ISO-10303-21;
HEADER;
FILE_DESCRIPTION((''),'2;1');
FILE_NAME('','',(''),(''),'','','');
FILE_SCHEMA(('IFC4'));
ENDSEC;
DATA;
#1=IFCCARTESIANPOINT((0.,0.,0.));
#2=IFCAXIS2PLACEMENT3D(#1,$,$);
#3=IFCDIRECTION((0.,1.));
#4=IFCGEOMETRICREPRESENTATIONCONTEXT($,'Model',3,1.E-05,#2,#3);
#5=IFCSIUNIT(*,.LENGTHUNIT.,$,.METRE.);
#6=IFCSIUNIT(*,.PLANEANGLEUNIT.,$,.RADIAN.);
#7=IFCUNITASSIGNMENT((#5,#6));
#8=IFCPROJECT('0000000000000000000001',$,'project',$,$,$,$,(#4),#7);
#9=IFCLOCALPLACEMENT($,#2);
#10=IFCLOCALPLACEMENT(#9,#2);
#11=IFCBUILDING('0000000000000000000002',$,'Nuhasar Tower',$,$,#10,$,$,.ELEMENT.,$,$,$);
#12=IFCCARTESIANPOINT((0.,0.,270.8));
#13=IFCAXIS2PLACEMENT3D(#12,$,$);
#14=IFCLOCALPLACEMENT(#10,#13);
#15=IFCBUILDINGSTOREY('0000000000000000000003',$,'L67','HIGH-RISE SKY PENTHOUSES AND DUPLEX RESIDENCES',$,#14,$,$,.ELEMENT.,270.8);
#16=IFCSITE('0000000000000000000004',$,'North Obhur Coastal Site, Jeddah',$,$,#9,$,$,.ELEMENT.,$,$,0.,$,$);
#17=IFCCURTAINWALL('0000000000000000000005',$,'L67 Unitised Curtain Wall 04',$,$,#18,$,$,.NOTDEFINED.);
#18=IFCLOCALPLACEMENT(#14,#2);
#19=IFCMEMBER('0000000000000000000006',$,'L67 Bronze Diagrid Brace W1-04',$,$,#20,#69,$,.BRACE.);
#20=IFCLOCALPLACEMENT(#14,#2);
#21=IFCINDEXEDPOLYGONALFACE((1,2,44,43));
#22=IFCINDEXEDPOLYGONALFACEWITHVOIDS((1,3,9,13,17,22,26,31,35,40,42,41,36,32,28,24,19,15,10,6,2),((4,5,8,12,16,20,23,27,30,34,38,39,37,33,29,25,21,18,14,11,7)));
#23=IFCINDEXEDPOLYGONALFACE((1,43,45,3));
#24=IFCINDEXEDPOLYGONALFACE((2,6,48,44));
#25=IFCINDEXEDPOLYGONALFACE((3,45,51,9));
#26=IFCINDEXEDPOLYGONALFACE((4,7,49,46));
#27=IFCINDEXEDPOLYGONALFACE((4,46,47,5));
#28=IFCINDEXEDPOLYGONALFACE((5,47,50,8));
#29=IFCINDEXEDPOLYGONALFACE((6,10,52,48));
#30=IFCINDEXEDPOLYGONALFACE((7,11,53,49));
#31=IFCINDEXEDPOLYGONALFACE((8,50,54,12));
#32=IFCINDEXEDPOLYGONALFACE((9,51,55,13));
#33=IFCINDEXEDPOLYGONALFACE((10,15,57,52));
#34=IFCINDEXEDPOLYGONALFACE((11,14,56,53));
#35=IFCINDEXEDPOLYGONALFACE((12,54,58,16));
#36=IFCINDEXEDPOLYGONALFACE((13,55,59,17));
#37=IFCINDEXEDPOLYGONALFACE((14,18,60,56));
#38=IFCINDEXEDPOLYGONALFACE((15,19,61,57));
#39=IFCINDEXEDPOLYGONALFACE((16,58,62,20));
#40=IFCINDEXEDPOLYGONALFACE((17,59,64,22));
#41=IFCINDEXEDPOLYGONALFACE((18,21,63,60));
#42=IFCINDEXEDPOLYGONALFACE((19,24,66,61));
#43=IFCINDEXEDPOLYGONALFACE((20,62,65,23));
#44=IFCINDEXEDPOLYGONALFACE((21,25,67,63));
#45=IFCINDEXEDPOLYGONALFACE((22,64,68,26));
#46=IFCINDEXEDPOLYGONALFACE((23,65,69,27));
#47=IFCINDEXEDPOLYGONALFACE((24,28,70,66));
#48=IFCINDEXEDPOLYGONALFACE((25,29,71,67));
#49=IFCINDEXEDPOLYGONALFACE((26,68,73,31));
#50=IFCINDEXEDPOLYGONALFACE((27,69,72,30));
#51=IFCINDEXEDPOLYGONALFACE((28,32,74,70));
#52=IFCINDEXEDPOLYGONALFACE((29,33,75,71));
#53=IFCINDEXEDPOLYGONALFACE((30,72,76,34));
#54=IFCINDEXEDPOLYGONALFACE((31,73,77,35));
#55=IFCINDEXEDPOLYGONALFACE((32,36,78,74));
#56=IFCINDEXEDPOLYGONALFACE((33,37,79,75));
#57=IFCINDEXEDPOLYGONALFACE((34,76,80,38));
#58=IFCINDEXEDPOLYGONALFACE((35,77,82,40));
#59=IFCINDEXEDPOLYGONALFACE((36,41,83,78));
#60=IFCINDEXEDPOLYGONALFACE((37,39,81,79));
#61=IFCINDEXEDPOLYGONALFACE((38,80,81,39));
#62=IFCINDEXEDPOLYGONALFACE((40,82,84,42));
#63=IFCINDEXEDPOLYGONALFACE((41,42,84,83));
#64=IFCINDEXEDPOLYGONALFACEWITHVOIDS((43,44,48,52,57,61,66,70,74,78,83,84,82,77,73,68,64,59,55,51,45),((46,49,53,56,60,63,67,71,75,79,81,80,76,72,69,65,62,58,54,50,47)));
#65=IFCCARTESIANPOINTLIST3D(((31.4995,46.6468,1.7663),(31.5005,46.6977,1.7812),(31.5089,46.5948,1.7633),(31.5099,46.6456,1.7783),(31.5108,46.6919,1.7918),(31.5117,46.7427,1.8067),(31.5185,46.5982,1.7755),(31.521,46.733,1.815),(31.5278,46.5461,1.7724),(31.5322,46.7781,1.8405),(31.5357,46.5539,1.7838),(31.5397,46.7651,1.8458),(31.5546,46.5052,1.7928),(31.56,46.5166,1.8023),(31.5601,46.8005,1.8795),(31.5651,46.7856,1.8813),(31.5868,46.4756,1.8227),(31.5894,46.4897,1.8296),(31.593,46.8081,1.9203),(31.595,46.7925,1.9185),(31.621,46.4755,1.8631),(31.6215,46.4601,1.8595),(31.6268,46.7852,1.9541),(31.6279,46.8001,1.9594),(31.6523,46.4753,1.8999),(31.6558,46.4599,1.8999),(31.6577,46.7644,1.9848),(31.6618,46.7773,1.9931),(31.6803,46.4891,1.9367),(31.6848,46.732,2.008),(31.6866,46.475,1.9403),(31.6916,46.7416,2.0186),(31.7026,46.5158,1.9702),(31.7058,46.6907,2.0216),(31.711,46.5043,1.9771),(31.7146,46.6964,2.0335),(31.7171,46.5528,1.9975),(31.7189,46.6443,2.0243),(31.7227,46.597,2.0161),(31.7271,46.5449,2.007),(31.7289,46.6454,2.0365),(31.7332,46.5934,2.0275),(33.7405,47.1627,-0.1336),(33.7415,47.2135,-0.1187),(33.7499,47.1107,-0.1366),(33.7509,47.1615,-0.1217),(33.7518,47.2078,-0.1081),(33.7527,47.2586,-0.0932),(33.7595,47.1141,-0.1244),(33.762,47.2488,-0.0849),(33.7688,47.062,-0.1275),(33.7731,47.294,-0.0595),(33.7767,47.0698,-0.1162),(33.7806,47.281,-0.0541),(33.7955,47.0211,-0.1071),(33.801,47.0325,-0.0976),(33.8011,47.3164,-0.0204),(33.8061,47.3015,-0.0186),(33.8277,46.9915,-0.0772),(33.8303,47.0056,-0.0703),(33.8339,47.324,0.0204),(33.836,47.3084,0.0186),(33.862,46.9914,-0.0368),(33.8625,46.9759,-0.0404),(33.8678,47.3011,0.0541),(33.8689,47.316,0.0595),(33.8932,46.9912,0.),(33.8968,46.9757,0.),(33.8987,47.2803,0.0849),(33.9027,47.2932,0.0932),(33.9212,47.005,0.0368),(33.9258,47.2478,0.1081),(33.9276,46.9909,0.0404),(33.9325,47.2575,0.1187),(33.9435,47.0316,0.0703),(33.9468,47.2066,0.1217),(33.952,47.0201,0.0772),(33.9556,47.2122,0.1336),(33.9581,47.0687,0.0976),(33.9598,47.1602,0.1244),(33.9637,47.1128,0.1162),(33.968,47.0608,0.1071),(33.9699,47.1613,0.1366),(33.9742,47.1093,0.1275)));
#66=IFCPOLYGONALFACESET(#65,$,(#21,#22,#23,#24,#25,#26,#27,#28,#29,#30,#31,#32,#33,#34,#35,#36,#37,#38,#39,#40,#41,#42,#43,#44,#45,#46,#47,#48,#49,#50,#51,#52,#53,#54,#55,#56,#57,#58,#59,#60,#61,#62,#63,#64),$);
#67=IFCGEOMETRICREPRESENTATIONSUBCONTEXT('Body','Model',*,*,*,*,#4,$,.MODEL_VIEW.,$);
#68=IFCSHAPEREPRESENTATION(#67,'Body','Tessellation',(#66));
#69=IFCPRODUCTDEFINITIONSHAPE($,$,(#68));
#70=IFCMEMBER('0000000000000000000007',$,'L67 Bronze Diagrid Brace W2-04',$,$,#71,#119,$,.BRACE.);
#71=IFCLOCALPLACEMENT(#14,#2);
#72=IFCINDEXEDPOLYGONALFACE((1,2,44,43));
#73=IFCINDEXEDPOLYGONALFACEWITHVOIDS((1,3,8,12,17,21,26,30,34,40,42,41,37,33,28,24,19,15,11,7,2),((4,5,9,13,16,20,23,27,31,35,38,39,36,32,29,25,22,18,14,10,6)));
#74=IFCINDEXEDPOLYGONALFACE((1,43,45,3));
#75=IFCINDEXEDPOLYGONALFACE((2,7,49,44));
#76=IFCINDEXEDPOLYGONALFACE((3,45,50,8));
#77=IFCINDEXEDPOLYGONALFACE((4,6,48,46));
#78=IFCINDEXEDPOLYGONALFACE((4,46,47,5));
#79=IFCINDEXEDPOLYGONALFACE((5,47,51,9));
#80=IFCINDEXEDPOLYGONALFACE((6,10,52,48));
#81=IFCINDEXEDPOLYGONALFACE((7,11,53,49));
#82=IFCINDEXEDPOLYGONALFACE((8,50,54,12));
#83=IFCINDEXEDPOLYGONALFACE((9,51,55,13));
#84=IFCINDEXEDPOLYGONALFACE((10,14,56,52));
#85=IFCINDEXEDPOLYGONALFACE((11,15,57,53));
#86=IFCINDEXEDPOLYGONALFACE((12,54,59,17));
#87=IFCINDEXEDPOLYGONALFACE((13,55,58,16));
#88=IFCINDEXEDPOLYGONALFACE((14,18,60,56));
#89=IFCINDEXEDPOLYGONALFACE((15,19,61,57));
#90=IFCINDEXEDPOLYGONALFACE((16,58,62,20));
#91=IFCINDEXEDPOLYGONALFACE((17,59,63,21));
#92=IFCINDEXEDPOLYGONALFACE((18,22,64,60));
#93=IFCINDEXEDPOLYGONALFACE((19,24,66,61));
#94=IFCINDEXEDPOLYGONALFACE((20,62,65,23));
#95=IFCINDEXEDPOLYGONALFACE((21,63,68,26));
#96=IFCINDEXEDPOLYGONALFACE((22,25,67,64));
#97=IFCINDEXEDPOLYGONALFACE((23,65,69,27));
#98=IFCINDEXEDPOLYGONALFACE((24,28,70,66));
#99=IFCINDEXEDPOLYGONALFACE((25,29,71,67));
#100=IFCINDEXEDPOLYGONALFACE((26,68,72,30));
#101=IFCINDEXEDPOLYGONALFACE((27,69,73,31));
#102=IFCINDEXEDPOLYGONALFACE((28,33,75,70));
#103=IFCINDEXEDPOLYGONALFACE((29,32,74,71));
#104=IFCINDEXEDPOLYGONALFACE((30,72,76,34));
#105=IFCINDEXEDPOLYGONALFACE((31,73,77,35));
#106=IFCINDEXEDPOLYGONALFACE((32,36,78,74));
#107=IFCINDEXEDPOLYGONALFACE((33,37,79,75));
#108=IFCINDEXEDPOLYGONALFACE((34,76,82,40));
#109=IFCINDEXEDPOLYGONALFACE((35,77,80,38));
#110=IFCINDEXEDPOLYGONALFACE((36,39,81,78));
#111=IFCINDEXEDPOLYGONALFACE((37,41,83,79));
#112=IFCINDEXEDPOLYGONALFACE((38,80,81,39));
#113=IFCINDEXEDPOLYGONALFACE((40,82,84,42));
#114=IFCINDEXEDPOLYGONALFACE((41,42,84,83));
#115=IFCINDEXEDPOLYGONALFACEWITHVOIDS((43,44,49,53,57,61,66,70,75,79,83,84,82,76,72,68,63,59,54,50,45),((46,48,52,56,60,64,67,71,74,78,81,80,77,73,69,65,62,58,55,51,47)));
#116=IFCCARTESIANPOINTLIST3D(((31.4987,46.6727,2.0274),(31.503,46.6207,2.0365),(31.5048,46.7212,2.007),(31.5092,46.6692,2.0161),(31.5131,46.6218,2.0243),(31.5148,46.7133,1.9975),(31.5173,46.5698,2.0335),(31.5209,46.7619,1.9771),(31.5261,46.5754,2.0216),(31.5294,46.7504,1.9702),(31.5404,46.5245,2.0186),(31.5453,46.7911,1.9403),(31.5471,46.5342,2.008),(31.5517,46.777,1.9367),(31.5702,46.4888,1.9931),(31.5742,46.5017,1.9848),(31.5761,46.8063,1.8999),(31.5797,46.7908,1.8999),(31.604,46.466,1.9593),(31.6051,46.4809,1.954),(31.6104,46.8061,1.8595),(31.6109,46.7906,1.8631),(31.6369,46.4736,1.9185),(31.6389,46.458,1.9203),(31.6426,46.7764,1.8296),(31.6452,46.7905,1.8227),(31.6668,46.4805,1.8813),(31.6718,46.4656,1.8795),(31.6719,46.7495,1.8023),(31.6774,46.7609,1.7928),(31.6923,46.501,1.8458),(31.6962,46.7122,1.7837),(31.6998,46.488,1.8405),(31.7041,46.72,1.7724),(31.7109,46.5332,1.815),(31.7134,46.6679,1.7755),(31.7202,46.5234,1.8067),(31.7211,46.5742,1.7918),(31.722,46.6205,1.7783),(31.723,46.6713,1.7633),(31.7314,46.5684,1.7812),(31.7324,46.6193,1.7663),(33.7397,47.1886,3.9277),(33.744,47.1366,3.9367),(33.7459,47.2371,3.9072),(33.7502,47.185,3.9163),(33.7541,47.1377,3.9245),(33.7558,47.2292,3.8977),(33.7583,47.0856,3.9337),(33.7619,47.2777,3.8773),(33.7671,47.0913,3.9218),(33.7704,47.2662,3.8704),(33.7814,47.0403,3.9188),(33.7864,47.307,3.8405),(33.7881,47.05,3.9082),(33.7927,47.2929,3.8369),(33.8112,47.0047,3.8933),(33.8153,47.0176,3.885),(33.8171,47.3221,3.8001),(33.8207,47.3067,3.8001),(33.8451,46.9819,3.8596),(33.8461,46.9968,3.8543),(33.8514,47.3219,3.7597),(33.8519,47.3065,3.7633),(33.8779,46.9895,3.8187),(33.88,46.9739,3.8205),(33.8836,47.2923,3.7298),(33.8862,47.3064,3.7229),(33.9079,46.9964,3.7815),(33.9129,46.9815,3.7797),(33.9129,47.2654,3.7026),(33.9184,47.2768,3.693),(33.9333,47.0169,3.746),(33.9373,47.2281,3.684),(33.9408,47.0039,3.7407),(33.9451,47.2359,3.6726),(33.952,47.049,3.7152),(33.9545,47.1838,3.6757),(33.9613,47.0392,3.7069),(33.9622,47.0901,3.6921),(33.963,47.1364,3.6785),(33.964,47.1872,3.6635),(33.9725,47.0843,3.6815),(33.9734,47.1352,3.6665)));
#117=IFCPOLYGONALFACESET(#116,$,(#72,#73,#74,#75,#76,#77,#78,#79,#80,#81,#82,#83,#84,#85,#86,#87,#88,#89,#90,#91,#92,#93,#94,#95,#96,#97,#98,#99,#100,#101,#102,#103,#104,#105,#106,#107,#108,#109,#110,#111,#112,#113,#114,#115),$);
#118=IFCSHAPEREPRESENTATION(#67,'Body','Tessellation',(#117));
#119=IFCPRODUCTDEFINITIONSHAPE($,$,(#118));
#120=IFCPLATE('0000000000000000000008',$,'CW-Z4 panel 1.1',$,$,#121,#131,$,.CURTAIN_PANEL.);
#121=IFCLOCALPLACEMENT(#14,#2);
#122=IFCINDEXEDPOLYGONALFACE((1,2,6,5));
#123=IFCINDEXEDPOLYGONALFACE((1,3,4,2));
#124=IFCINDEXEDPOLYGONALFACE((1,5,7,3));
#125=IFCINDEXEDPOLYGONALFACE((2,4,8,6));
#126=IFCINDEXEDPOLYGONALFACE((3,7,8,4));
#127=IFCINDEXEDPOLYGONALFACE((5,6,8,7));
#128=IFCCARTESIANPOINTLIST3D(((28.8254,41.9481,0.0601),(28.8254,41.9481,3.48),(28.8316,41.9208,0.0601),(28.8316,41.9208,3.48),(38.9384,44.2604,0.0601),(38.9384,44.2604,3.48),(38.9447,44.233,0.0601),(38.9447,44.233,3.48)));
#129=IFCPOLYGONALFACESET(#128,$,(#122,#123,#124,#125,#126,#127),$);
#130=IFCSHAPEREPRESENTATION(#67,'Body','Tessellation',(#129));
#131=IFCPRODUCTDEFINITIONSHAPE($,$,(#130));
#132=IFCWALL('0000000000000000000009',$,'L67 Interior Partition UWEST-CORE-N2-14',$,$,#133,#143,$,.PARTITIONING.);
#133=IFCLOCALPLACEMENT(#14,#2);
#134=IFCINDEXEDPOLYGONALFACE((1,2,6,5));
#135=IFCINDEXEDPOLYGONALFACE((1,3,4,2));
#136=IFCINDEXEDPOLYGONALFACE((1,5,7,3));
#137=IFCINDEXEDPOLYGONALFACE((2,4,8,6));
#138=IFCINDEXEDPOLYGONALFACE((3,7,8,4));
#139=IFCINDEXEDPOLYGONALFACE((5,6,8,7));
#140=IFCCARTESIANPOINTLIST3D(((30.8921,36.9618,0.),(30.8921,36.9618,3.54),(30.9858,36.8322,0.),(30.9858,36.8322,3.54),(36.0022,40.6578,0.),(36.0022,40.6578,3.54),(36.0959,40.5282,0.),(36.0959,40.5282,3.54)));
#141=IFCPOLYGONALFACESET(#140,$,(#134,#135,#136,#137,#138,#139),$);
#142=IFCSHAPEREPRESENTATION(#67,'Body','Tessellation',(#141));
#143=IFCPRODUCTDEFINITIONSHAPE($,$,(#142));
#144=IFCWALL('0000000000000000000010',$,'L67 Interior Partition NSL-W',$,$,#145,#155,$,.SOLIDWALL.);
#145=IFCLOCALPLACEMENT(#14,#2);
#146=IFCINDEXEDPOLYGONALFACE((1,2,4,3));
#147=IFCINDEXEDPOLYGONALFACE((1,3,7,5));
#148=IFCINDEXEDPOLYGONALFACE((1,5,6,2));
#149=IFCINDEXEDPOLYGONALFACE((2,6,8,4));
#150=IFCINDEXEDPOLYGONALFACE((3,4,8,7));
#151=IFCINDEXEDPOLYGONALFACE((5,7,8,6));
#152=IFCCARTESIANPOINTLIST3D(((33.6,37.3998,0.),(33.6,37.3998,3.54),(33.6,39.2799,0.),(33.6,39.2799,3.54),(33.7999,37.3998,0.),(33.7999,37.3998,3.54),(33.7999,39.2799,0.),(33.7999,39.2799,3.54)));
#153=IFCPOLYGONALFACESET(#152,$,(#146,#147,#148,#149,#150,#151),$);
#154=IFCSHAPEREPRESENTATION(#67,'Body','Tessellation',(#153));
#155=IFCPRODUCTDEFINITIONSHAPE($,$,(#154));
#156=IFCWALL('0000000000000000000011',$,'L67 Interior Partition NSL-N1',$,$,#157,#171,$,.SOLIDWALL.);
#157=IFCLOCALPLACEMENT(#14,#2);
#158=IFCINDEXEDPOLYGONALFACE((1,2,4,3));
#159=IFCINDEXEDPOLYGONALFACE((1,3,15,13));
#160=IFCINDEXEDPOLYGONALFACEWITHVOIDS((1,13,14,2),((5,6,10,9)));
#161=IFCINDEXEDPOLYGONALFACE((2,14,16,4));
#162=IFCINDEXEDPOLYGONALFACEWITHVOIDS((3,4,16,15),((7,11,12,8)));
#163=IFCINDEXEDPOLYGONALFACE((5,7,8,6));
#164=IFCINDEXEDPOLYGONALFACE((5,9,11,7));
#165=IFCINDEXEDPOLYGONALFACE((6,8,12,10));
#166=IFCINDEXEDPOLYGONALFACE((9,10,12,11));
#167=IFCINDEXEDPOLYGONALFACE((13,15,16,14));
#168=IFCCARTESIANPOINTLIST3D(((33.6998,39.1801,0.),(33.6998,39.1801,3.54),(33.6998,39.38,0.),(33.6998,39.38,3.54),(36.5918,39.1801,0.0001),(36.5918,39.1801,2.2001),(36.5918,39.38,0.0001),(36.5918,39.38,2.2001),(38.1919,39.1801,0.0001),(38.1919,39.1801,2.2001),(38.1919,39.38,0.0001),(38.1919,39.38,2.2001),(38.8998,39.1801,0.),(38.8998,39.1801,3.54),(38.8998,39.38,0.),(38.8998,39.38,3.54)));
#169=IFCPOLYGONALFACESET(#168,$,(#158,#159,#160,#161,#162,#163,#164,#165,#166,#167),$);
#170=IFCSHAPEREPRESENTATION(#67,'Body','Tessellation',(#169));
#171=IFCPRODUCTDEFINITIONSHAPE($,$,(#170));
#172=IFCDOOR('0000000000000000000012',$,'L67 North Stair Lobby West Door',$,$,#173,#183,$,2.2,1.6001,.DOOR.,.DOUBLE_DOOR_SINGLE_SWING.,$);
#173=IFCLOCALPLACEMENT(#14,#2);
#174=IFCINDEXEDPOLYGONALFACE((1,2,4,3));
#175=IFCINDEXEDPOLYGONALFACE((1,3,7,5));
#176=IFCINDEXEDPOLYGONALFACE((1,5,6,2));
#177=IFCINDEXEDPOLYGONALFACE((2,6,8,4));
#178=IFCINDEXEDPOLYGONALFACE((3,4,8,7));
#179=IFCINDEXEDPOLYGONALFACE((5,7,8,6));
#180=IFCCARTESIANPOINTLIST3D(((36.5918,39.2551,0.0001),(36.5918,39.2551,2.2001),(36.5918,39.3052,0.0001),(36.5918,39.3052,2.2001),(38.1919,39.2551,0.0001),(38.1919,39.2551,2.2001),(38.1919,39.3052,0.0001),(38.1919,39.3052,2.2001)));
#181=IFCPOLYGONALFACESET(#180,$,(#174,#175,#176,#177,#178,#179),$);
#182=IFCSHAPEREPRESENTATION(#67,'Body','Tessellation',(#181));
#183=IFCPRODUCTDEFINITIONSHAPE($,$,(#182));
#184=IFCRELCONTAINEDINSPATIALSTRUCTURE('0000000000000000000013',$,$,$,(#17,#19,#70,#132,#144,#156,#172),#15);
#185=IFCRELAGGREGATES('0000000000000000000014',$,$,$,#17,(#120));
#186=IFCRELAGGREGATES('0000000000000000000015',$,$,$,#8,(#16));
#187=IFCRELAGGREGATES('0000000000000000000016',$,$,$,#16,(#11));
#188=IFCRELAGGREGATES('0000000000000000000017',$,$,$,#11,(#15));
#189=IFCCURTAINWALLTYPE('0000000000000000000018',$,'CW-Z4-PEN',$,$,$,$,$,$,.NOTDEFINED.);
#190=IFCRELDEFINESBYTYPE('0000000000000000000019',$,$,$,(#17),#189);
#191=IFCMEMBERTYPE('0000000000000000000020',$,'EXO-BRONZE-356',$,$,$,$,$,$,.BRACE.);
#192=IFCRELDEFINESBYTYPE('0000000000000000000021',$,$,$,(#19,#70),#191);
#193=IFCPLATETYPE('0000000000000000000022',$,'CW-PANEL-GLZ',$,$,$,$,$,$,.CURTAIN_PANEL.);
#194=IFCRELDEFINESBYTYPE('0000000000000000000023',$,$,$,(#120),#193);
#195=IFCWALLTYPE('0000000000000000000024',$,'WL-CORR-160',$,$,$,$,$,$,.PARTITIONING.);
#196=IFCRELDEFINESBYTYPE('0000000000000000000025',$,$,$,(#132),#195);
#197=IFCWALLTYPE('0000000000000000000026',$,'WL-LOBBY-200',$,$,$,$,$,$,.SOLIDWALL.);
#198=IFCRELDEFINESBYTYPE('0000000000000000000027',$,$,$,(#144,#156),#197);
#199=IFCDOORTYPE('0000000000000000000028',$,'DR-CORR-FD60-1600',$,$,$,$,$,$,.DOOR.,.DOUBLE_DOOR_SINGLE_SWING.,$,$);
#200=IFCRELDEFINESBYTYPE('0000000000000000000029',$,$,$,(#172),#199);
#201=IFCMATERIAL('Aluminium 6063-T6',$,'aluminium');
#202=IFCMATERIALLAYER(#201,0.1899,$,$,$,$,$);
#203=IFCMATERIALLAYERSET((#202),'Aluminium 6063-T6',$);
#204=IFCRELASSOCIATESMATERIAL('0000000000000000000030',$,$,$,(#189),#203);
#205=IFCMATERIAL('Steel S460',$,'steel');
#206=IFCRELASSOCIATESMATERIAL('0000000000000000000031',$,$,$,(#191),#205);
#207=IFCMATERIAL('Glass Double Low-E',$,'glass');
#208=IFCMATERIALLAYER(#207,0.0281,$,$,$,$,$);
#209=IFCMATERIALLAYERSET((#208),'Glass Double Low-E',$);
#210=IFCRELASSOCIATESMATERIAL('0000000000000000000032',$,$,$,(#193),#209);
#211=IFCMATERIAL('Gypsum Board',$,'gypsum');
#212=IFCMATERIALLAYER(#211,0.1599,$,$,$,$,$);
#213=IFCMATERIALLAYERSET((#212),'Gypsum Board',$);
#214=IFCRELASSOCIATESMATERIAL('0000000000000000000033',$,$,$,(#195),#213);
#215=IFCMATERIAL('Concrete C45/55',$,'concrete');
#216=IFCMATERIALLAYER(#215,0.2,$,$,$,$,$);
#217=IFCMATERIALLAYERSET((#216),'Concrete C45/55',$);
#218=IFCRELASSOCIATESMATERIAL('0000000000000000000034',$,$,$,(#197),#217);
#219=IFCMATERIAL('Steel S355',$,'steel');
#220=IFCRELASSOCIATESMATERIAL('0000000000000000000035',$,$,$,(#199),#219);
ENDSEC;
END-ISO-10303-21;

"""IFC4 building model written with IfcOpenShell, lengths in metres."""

from ifc_helpers import new_model, si_unit, direction, frame, frame_2d, origin, origin_2d, place, context, subcontext, project, spatial, rectangle, hollow_circle, extrude, material, layer, layer_set, material_profile, profile_set, type_object, element, fill, aggregate, save


model = new_model("IFC4")

# Units and contexts
model_context = context("Model", 3, precision=1e-05, world=origin(), true_north=direction((0.0, 1.0)))
body_context = subcontext(model_context, "Body", "Model", "MODEL_VIEW")
ifc_project = project(units=[si_unit("LENGTHUNIT", "METRE"), si_unit("PLANEANGLEUNIT", "RADIAN")], contexts=[model_context])

# Site, building, storey
site_placement = place(None, origin())
site = spatial("IfcSite", under=ifc_project, at=site_placement, Name="North Obhur Coastal Site, Jeddah", CompositionType="ELEMENT", RefElevation=0.0)
building_placement = place(site_placement, origin())
building = spatial("IfcBuilding", under=site, at=building_placement, Name="Nuhasar Tower", CompositionType="ELEMENT")
storey_placement = place(building_placement, frame((0.0, 0.0, 270.8)))
storey = spatial("IfcBuildingStorey", under=building, at=storey_placement, Name="L67", Description="HIGH-RISE SKY PENTHOUSES AND DUPLEX RESIDENCES", CompositionType="ELEMENT", Elevation=270.8)

# Shared definitions
ifc_material_1 = material(Name="Steel S355", Category="steel")

# Curtain wall
ifc_material_2 = material(Name="Aluminium 6063-T6", Category="aluminium")
ifc_layer_1 = layer(ifc_material_2, 0.1899)
ifc_layer_set_1 = layer_set([ifc_layer_1], Name="Aluminium 6063-T6")
curtain_wall_type = type_object("IfcCurtainWallType", Name="CW-Z4-PEN", PredefinedType="NOTDEFINED", material=ifc_layer_set_1)
curtain_wall_placement = place(storey_placement, origin())
curtain_wall = element("IfcCurtainWall", 1, at=curtain_wall_placement, inside=storey, type_object=curtain_wall_type, Name="L67 Unitised Curtain Wall 04", PredefinedType="NOTDEFINED")

# Members
ifc_material_3 = material(Name="Steel S460", Category="steel")
ifc_material_profile_1 = material_profile(ifc_material_3, hollow_circle(Radius=0.1777, WallThickness=0.0159, at=origin_2d()), Name="HSS355.6X15.9")
ifc_profile_set_1 = profile_set([ifc_material_profile_1], Name="Steel S460")
member_type_1 = type_object("IfcMemberType", Name="EXO-BRONZE-356", PredefinedType="BRACE", material=ifc_profile_set_1)
member_1_placement = place(storey_placement, frame((33.8569, 47.1489, 0.0), z_axis=(-0.751272, -0.172942, 0.636932), x_axis=(0.224332, -0.974513, 0.0)))
element("IfcMember", 2, at=member_1_placement, inside=storey, type_object=member_type_1, Name="L67 Bronze Diagrid Brace W1-04", PredefinedType="BRACE", context=body_context, shape_type="SweptSolid", body=[
    extrude(hollow_circle(Radius=0.1777, WallThickness=0.0159, at=origin_2d()), origin(), (0.0, 0.0, 1.0), 2.9829),
])
member_2_placement = place(storey_placement, frame((31.616, 46.6331, 1.8999), z_axis=(0.751232, 0.172933, 0.63698), x_axis=(-0.224332, 0.974513, 0.0)))
element("IfcMember", 3, at=member_2_placement, inside=storey, type_object=member_type_1, Name="L67 Bronze Diagrid Brace W2-04", PredefinedType="BRACE", context=body_context, shape_type="SweptSolid", body=[
    extrude(hollow_circle(Radius=0.1777, WallThickness=0.0159, at=origin_2d()), origin(), (0.0, 0.0, 1.0), 2.9832),
])

# Plate
ifc_material_4 = material(Name="Glass Double Low-E", Category="glass")
ifc_layer_2 = layer(ifc_material_4, 0.0281)
ifc_layer_set_2 = layer_set([ifc_layer_2], Name="Glass Double Low-E")
plate_type = type_object("IfcPlateType", Name="CW-PANEL-GLZ", PredefinedType="CURTAIN_PANEL", material=ifc_layer_set_2)
plate_placement = place(storey_placement, frame((33.885, 43.0906, 0.0601), z_axis=(0.0, 0.0, 1.0), x_axis=(-0.974844, -0.222889, 0.0)))
plate = element("IfcPlate", 4, at=plate_placement, type_object=plate_type, Name="CW-Z4 panel 1.1", PredefinedType="CURTAIN_PANEL", context=body_context, shape_type="SweptSolid", body=[
    extrude(rectangle(XDim=10.374, YDim=0.0281, at=origin_2d()), origin(), (0.0, 0.0, 1.0), 3.4199),
])
aggregate(curtain_wall, [plate])

# Walls
ifc_material_5 = material(Name="Gypsum Board", Category="gypsum")
ifc_layer_3 = layer(ifc_material_5, 0.1599)
ifc_layer_set_3 = layer_set([ifc_layer_3], Name="Gypsum Board")
wall_type_1 = type_object("IfcWallType", Name="WL-CORR-160", PredefinedType="PARTITIONING", material=ifc_layer_set_3)
wall_1_placement = place(storey_placement, frame((36.0491, 40.593, 0.0), z_axis=(0.0, 0.0, 1.0), x_axis=(-0.810272, -0.586054, 0.0)))
element("IfcWall", 5, at=wall_1_placement, inside=storey, type_object=wall_type_1, Name="L67 Interior Partition UWEST-CORE-N2-14", PredefinedType="PARTITIONING", context=body_context, shape_type="SweptSolid", body=[
    extrude(rectangle(XDim=6.3066, YDim=0.1599, at=frame_2d((3.1533, 0.0))), origin(), (0.0, 0.0, 1.0), 3.54),
])
ifc_material_6 = material(Name="Concrete C45/55", Category="concrete")
ifc_layer_4 = layer(ifc_material_6, 0.2)
ifc_layer_set_4 = layer_set([ifc_layer_4], Name="Concrete C45/55")
wall_type_2 = type_object("IfcWallType", Name="WL-LOBBY-200", PredefinedType="SOLIDWALL", material=ifc_layer_set_4)
wall_2_placement = place(storey_placement, frame((33.7, 37.3999, 0.0), z_axis=(0.0, 0.0, 1.0), x_axis=(0.0, 1.0, 0.0)))
element("IfcWall", 6, at=wall_2_placement, inside=storey, type_object=wall_type_2, Name="L67 Interior Partition NSL-W", PredefinedType="SOLIDWALL", context=body_context, shape_type="SweptSolid", body=[
    extrude(rectangle(XDim=1.8801, YDim=0.2, at=frame_2d((0.9399, 0.0))), origin(), (0.0, 0.0, 1.0), 3.54),
])

# Wall, opening, door
wall_3_placement = place(storey_placement, frame((38.8999, 39.28, 0.0), z_axis=(0.0, 0.0, 1.0), x_axis=(-1.0, 0.0, 0.0)))
wall_3 = element("IfcWall", 7, at=wall_3_placement, inside=storey, type_object=wall_type_2, Name="L67 Interior Partition NSL-N1", PredefinedType="SOLIDWALL", context=body_context, shape_type="SweptSolid", body=[
    extrude(rectangle(XDim=5.2, YDim=0.2, at=frame_2d((2.6001, 0.0))), origin(), (0.0, 0.0, 1.0), 3.54),
])
opening_1_placement = place(wall_3_placement, frame((0.708, 0.0, 0.0)))
opening_1 = element("IfcOpeningElement", 8, at=opening_1_placement, cuts=wall_3, PredefinedType="OPENING", context=body_context, shape_type="SweptSolid", body=[
    extrude(rectangle(XDim=1.6001, YDim=2.2, at=frame_2d((0.8, 1.1001))), frame((0.0, 0.1099, 0.0), z_axis=(0.0, -1.0, 0.0), x_axis=(1.0, 0.0, 0.0)), (0.0, 0.0, 1.0), 0.22),
])
door_type_1 = type_object("IfcDoorType", Name="DR-CORR-FD60-1600", OperationType="DOUBLE_DOOR_SINGLE_SWING", PredefinedType="DOOR", material=ifc_material_1)
door_1_placement = place(opening_1_placement, origin())
door_1 = element("IfcDoor", 9, at=door_1_placement, inside=storey, type_object=door_type_1, Name="L67 North Stair Lobby West Door", OperationType="DOUBLE_DOOR_SINGLE_SWING", OverallHeight=2.2, OverallWidth=1.6001, PredefinedType="DOOR", context=body_context, shape_type="SweptSolid", body=[
    extrude(rectangle(XDim=1.6001, YDim=2.2, at=frame_2d((0.8, 1.1001))), frame((0.0, 0.0249, 0.0), z_axis=(0.0, -1.0, 0.0), x_axis=(1.0, 0.0, 0.0)), (0.0, 0.0, 1.0), 0.05),
])
fill(opening_1, door_1)

save(model, "model.ifc")
